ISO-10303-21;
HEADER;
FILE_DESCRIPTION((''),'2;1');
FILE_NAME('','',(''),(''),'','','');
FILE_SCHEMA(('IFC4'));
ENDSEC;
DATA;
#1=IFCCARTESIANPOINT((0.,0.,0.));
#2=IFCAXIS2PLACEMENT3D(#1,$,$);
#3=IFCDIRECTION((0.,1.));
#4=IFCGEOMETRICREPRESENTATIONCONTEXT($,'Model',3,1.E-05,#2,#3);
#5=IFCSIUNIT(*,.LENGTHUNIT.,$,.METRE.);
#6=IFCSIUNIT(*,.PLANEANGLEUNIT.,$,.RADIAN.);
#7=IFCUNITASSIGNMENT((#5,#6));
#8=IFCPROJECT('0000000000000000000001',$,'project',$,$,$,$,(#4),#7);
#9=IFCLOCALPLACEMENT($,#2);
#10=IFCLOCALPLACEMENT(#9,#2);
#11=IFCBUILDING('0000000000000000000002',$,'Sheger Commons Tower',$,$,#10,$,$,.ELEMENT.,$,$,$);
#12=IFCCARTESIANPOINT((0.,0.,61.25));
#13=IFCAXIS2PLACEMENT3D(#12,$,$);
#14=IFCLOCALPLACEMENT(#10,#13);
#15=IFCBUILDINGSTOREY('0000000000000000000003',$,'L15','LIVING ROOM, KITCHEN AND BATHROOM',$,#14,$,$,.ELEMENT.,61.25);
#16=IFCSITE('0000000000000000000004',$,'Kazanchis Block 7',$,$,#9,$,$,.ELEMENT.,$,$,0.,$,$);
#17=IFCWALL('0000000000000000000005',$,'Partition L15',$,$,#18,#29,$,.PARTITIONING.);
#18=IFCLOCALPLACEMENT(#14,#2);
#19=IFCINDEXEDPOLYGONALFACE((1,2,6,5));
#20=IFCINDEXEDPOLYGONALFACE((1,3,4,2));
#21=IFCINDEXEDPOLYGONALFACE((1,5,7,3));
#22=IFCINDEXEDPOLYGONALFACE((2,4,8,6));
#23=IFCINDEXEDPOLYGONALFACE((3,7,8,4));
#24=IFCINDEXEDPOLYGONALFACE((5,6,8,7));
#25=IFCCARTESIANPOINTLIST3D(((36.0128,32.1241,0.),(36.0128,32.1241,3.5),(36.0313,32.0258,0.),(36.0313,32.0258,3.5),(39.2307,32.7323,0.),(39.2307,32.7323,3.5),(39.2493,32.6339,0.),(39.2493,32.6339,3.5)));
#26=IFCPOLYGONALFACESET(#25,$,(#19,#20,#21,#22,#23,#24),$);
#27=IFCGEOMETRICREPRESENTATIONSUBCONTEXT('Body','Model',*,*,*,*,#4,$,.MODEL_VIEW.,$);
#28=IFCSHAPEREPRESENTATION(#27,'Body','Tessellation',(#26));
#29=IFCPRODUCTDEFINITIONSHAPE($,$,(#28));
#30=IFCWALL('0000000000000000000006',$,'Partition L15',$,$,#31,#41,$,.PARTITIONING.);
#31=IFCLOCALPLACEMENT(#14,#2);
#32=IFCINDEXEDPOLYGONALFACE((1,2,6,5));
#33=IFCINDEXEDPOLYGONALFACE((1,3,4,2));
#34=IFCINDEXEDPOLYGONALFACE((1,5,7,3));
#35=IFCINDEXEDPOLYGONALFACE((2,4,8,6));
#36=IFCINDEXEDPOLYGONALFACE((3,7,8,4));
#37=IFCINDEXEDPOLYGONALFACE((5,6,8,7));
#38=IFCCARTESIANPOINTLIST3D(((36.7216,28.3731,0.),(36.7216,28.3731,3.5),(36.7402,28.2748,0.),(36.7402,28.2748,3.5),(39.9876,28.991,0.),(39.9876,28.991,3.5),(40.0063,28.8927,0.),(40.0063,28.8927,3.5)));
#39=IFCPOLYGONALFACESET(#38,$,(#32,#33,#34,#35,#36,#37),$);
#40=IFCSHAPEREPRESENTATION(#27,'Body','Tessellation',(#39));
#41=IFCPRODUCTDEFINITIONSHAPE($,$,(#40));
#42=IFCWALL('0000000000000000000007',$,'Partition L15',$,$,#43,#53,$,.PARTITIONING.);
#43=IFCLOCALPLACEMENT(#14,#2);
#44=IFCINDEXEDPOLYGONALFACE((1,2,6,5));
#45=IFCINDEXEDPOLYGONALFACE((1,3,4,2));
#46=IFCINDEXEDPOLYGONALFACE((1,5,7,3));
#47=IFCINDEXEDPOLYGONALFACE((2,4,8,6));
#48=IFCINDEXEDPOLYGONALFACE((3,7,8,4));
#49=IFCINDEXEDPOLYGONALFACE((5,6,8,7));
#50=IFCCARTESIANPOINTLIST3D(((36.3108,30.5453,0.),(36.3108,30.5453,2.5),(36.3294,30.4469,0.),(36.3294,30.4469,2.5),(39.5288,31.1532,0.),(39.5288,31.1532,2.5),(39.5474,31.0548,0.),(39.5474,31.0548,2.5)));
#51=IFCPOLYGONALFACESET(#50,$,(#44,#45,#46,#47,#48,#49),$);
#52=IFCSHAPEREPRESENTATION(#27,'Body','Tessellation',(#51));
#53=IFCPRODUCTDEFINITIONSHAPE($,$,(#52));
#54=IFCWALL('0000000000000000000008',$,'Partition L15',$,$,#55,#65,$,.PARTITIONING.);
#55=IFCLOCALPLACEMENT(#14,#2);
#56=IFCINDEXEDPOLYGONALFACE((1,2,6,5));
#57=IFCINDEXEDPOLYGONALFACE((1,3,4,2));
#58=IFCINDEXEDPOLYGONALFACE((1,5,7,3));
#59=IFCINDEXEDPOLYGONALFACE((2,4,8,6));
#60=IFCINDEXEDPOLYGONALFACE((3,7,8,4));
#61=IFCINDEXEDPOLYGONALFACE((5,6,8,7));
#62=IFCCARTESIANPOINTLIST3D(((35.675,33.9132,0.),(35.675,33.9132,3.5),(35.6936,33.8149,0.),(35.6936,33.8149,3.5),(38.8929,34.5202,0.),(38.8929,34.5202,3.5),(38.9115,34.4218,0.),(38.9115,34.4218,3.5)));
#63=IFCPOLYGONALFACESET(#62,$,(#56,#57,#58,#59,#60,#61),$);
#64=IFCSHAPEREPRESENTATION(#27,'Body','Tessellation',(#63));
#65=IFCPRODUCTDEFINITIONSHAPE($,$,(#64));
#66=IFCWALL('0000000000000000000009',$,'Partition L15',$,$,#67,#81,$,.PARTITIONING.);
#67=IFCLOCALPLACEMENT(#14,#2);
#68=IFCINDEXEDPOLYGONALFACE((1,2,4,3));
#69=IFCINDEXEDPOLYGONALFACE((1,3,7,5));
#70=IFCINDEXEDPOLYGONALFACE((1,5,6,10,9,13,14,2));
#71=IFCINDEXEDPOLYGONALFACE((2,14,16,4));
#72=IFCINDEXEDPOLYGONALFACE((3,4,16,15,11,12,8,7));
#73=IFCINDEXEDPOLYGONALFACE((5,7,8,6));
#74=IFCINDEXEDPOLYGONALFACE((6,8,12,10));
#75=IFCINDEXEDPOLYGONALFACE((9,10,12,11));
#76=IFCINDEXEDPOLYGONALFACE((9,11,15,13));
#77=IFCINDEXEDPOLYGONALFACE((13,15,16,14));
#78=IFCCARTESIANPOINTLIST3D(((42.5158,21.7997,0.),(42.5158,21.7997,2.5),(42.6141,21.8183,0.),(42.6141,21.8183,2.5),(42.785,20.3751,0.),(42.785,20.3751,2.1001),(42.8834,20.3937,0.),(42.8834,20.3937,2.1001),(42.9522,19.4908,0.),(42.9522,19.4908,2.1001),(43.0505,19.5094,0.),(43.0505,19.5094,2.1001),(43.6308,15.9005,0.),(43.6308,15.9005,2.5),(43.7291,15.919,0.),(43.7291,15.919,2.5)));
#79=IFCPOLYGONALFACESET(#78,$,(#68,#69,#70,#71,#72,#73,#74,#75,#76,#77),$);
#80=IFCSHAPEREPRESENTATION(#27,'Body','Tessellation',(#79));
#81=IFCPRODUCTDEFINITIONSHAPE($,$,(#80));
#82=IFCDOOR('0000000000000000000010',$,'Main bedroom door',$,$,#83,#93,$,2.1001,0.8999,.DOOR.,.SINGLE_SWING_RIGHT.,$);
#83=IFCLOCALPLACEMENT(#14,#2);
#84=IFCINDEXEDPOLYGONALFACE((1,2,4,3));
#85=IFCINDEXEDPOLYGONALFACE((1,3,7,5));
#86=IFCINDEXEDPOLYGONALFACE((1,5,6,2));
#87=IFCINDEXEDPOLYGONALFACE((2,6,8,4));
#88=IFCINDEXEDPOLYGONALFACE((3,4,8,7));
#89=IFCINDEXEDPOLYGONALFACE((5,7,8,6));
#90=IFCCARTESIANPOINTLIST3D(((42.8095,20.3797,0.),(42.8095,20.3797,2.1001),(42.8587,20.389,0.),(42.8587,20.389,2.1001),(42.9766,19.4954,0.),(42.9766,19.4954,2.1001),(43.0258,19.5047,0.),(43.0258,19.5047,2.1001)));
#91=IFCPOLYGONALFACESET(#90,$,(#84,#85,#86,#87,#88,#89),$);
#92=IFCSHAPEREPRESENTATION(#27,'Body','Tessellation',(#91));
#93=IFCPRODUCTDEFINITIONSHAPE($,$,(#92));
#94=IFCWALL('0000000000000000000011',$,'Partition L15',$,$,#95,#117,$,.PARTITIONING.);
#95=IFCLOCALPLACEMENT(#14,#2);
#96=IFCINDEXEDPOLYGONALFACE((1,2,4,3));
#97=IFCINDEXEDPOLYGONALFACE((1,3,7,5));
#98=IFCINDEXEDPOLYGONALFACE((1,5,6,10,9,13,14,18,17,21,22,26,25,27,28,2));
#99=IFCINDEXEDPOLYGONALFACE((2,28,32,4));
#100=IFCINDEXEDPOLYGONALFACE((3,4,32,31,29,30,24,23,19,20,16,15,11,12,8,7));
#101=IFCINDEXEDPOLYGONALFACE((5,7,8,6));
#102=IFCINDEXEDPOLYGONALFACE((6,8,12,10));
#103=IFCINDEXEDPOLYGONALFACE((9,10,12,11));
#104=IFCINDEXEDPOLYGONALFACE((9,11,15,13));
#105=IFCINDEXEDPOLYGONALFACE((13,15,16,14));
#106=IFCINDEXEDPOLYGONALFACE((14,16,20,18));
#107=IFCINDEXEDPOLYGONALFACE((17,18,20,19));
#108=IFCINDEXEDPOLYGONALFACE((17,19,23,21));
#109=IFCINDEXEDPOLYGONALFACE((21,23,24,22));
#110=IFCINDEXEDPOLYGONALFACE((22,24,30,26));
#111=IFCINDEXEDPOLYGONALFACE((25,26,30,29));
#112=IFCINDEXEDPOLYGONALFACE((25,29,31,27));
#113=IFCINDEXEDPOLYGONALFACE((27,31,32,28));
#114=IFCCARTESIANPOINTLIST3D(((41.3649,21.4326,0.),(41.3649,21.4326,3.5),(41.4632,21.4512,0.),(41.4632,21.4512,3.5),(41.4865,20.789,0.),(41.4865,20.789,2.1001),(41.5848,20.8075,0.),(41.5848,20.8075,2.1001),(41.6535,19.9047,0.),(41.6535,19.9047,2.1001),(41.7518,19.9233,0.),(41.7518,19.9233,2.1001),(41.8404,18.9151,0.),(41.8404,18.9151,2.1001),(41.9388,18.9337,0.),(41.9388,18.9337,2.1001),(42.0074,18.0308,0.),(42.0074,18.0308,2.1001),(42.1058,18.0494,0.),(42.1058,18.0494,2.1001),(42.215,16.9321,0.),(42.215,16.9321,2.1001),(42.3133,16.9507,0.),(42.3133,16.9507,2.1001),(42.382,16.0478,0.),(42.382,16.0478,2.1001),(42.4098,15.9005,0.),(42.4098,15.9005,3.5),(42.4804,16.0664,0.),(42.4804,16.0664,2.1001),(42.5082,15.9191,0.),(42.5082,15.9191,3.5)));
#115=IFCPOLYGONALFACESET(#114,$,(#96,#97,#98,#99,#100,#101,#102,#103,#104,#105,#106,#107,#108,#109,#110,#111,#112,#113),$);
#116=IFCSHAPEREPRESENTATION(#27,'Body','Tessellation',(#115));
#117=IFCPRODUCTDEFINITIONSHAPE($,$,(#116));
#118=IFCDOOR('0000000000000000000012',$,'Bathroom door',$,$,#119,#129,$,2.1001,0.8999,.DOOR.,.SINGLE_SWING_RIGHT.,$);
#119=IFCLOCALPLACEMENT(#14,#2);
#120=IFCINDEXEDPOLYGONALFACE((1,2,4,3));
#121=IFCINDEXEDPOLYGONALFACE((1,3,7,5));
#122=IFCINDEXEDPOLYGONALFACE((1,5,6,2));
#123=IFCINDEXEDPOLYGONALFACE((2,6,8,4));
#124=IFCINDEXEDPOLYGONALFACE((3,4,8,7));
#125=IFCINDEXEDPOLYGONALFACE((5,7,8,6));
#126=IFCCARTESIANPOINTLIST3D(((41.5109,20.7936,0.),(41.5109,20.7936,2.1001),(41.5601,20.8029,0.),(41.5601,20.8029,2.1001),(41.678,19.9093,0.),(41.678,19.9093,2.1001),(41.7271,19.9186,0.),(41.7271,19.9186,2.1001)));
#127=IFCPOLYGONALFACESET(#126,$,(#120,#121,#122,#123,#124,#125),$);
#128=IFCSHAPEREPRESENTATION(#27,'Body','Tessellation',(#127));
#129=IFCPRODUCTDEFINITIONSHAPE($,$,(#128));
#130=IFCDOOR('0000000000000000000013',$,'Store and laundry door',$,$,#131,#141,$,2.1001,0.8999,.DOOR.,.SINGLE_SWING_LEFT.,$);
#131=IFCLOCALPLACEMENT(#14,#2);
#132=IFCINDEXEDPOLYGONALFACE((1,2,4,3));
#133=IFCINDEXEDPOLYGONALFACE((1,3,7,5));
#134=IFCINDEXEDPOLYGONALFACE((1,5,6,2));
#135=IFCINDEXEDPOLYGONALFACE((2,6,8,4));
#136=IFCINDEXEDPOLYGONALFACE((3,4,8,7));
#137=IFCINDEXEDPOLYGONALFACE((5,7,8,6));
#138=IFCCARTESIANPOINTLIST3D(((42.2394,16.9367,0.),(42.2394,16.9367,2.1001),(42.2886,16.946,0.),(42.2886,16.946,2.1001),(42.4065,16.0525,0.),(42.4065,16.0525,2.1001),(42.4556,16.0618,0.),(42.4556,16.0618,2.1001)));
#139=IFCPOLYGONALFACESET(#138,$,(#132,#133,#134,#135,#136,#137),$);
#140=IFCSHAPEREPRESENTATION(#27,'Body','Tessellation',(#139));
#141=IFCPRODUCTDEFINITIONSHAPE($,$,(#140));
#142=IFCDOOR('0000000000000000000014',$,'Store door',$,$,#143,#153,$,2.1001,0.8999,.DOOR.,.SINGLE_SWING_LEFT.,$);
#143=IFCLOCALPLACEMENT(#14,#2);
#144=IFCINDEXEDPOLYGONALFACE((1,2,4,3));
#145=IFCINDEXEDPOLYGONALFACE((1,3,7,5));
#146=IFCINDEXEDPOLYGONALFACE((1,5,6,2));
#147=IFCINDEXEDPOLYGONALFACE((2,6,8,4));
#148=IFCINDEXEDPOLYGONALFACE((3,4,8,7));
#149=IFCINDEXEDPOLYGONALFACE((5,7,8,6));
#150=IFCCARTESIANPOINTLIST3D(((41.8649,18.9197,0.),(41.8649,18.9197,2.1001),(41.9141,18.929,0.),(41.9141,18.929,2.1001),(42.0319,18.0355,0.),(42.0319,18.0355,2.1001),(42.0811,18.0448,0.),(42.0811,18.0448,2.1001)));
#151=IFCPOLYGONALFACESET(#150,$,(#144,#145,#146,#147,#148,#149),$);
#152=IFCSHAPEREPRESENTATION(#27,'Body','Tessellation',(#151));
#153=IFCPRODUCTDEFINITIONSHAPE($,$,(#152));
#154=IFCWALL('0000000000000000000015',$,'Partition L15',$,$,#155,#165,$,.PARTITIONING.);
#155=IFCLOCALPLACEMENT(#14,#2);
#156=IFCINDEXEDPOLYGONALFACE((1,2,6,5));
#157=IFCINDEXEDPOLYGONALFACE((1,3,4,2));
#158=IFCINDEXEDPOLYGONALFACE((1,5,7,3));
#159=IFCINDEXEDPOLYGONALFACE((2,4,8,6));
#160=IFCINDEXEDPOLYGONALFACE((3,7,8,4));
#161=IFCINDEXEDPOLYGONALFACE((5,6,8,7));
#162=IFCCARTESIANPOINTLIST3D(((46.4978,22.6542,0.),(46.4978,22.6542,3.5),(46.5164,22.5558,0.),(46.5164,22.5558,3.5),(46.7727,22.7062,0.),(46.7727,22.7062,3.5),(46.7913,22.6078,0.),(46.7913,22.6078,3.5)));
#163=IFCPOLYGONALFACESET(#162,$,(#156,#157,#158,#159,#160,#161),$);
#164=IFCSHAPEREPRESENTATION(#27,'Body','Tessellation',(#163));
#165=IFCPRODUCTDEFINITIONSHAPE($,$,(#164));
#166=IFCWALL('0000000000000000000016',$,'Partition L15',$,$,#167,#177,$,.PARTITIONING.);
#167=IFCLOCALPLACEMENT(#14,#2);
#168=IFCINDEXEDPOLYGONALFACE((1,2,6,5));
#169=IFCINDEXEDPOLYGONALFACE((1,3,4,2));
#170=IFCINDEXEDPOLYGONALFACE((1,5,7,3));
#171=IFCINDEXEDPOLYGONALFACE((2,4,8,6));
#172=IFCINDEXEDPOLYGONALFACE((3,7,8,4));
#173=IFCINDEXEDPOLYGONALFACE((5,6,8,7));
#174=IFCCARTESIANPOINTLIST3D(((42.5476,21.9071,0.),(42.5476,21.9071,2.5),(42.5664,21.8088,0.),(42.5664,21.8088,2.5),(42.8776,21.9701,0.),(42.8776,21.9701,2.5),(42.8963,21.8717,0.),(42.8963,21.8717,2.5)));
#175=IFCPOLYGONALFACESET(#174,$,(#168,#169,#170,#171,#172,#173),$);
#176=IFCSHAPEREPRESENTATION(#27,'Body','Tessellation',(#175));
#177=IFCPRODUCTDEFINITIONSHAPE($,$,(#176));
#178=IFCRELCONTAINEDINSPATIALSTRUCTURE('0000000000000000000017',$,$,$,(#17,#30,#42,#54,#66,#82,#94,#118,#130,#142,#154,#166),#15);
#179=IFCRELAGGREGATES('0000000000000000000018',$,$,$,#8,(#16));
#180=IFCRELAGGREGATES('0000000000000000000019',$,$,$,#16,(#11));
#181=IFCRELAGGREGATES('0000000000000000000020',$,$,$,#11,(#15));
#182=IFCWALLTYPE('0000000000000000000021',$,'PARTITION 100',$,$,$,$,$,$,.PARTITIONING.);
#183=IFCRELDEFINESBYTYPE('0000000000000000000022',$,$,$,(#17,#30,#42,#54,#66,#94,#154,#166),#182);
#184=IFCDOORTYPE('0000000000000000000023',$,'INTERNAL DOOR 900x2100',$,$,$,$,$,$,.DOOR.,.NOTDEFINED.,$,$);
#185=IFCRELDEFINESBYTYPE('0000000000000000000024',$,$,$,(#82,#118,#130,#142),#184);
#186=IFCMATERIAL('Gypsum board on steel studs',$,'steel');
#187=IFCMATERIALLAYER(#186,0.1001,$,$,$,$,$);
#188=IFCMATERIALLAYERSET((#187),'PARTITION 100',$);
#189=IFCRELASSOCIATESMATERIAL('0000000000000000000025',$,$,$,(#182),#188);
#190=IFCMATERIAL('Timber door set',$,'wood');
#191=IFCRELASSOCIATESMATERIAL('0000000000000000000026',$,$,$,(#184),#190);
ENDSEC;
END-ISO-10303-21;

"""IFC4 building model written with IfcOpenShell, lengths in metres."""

from ifc_helpers import new_model, si_unit, direction, frame, frame_2d, origin, place, context, subcontext, project, spatial, rectangle, extrude, material, layer, layer_set, type_object, element, fill, save


model = new_model("IFC4")

# Units and contexts
model_context = context("Model", 3, precision=1e-05, world=origin(), true_north=direction((0.0, 1.0)))
body_context = subcontext(model_context, "Body", "Model", "MODEL_VIEW")
ifc_project = project(units=[si_unit("LENGTHUNIT", "METRE"), si_unit("PLANEANGLEUNIT", "RADIAN")], contexts=[model_context])

# Site, building, storey
site_placement = place(None, origin())
site = spatial("IfcSite", under=ifc_project, at=site_placement, Name="Kazanchis Block 7", CompositionType="ELEMENT", RefElevation=0.0)
building_placement = place(site_placement, origin())
building = spatial("IfcBuilding", under=site, at=building_placement, Name="Sheger Commons Tower", CompositionType="ELEMENT")
storey_placement = place(building_placement, frame((0.0, 0.0, 61.25)))
storey = spatial("IfcBuildingStorey", under=building, at=storey_placement, Name="L15", Description="LIVING ROOM, KITCHEN AND BATHROOM", CompositionType="ELEMENT", Elevation=61.25)

# Walls
ifc_material_1 = material(Name="Gypsum board on steel studs", Category="steel")
ifc_layer_1 = layer(ifc_material_1, 0.1001)
ifc_layer_set_1 = layer_set([ifc_layer_1], Name="PARTITION 100")
wall_type_1 = type_object("IfcWallType", Name="PARTITION 100", PredefinedType="PARTITIONING", material=ifc_layer_set_1)
wall_1_placement = place(storey_placement, frame((39.24, 32.6831, 0.0), z_axis=(0.0, 0.0, 1.0), x_axis=(-0.982607, -0.185697, 0.0)))
element("IfcWall", 1, at=wall_1_placement, inside=storey, type_object=wall_type_1, Name="Partition L15", PredefinedType="PARTITIONING", context=body_context, shape_type="SweptSolid", body=[
    extrude(rectangle(XDim=3.2749, YDim=0.1001, at=frame_2d((1.6375, 0.0))), origin(), (0.0, 0.0, 1.0), 3.5),
])
wall_2_placement = place(storey_placement, frame((39.9971, 28.9419, 0.0), z_axis=(0.0, 0.0, 1.0), x_axis=(-0.98257, -0.185894, 0.0)))
element("IfcWall", 2, at=wall_2_placement, inside=storey, type_object=wall_type_1, Name="Partition L15", PredefinedType="PARTITIONING", context=body_context, shape_type="SweptSolid", body=[
    extrude(rectangle(XDim=3.324, YDim=0.1001, at=frame_2d((1.6621, 0.0))), origin(), (0.0, 0.0, 1.0), 3.5),
])
wall_3_placement = place(storey_placement, frame((39.5381, 31.104, 0.0), z_axis=(0.0, 0.0, 1.0), x_axis=(-0.982621, -0.185625, 0.0)))
element("IfcWall", 3, at=wall_3_placement, inside=storey, type_object=wall_type_1, Name="Partition L15", PredefinedType="PARTITIONING", context=body_context, shape_type="SweptSolid", body=[
    extrude(rectangle(XDim=3.2749, YDim=0.1001, at=frame_2d((1.6375, 0.0))), origin(), (0.0, 0.0, 1.0), 2.5),
])
wall_4_placement = place(storey_placement, frame((38.9021, 34.4709, 0.0), z_axis=(0.0, 0.0, 1.0), x_axis=(-0.982675, -0.185337, 0.0)))
element("IfcWall", 4, at=wall_4_placement, inside=storey, type_object=wall_type_1, Name="Partition L15", PredefinedType="PARTITIONING", context=body_context, shape_type="SweptSolid", body=[
    extrude(rectangle(XDim=3.2747, YDim=0.1001, at=frame_2d((1.6372, 0.0))), origin(), (0.0, 0.0, 1.0), 3.5),
])

# Wall, opening, door
wall_5_placement = place(storey_placement, frame((42.5649, 21.8091, 0.0), z_axis=(0.0, 0.0, 1.0), x_axis=(0.18572, -0.982603, 0.0)))
wall_5 = element("IfcWall", 5, at=wall_5_placement, inside=storey, type_object=wall_type_1, Name="Partition L15", PredefinedType="PARTITIONING", context=body_context, shape_type="SweptSolid", body=[
    extrude(rectangle(XDim=6.0037, YDim=0.1001, at=frame_2d((3.002, 0.0))), origin(), (0.0, 0.0, 1.0), 2.5),
])
opening_1_placement = place(wall_5_placement, frame((1.45, 0.0, 0.0)))
opening_1 = element("IfcOpeningElement", 6, at=opening_1_placement, cuts=wall_5, PredefinedType="OPENING", context=body_context, shape_type="SweptSolid", body=[
    extrude(rectangle(XDim=0.8999, YDim=2.1001, at=frame_2d((0.45, 1.05))), frame((0.0, 0.0601, 0.0), z_axis=(0.0, -1.0, 0.0), x_axis=(1.0, 0.0, 0.0)), (0.0, 0.0, 1.0), 0.1201),
])
ifc_material_2 = material(Name="Timber door set", Category="wood")
door_type = type_object("IfcDoorType", Name="INTERNAL DOOR 900x2100", OperationType="NOTDEFINED", PredefinedType="DOOR", material=ifc_material_2)
door_1_placement = place(opening_1_placement, origin())
door_1 = element("IfcDoor", 7, at=door_1_placement, inside=storey, type_object=door_type, Name="Main bedroom door", OperationType="SINGLE_SWING_RIGHT", OverallHeight=2.1001, OverallWidth=0.8999, PredefinedType="DOOR", context=body_context, shape_type="SweptSolid", body=[
    extrude(rectangle(XDim=0.8999, YDim=2.1001, at=frame_2d((0.45, 1.05))), frame((0.0, 0.0249, 0.0), z_axis=(0.0, -1.0, 0.0), x_axis=(1.0, 0.0, 0.0)), (0.0, 0.0, 1.0), 0.05),
])
fill(opening_1, door_1)

# Wall, openings, doors
wall_6_placement = place(storey_placement, frame((41.4141, 21.4419, 0.0), z_axis=(0.0, 0.0, 1.0), x_axis=(0.185605, -0.982624, 0.0)))
wall_6 = element("IfcWall", 8, at=wall_6_placement, inside=storey, type_object=wall_type_1, Name="Partition L15", PredefinedType="PARTITIONING", context=body_context, shape_type="SweptSolid", body=[
    extrude(rectangle(XDim=5.6299, YDim=0.1001, at=frame_2d((2.8149, 0.0))), origin(), (0.0, 0.0, 1.0), 3.5),
])
opening_2_placement = place(wall_6_placement, frame((0.655, 0.0, 0.0)))
opening_2 = element("IfcOpeningElement", 9, at=opening_2_placement, cuts=wall_6, PredefinedType="OPENING", context=body_context, shape_type="SweptSolid", body=[
    extrude(rectangle(XDim=0.8999, YDim=2.1001, at=frame_2d((0.45, 1.05))), frame((0.0, 0.0601, 0.0), z_axis=(0.0, -1.0, 0.0), x_axis=(1.0, 0.0, 0.0)), (0.0, 0.0, 1.0), 0.1201),
])
opening_3_placement = place(wall_6_placement, frame((4.5801, 0.0, 0.0)))
opening_3 = element("IfcOpeningElement", 10, at=opening_3_placement, cuts=wall_6, PredefinedType="OPENING", context=body_context, shape_type="SweptSolid", body=[
    extrude(rectangle(XDim=0.8999, YDim=2.1001, at=frame_2d((0.45, 1.05))), frame((0.0, 0.0601, 0.0), z_axis=(0.0, -1.0, 0.0), x_axis=(1.0, 0.0, 0.0)), (0.0, 0.0, 1.0), 0.1201),
])
opening_4_placement = place(wall_6_placement, frame((2.562, 0.0, 0.0)))
opening_4 = element("IfcOpeningElement", 11, at=opening_4_placement, cuts=wall_6, PredefinedType="OPENING", context=body_context, shape_type="SweptSolid", body=[
    extrude(rectangle(XDim=0.8999, YDim=2.1001, at=frame_2d((0.45, 1.05))), frame((0.0, 0.0601, 0.0), z_axis=(0.0, -1.0, 0.0), x_axis=(1.0, 0.0, 0.0)), (0.0, 0.0, 1.0), 0.1201),
])
door_2_placement = place(opening_2_placement, origin())
door_2 = element("IfcDoor", 12, at=door_2_placement, inside=storey, type_object=door_type, Name="Bathroom door", OperationType="SINGLE_SWING_RIGHT", OverallHeight=2.1001, OverallWidth=0.8999, PredefinedType="DOOR", context=body_context, shape_type="SweptSolid", body=[
    extrude(rectangle(XDim=0.8999, YDim=2.1001, at=frame_2d((0.45, 1.05))), frame((0.0, 0.0249, 0.0), z_axis=(0.0, -1.0, 0.0), x_axis=(1.0, 0.0, 0.0)), (0.0, 0.0, 1.0), 0.05),
])
fill(opening_2, door_2)
door_3_placement = place(opening_3_placement, origin())
door_3 = element("IfcDoor", 13, at=door_3_placement, inside=storey, type_object=door_type, Name="Store and laundry door", OperationType="SINGLE_SWING_LEFT", OverallHeight=2.1001, OverallWidth=0.8999, PredefinedType="DOOR", context=body_context, shape_type="SweptSolid", body=[
    extrude(rectangle(XDim=0.8999, YDim=2.1001, at=frame_2d((0.45, 1.05))), frame((0.0, 0.0249, 0.0), z_axis=(0.0, -1.0, 0.0), x_axis=(1.0, 0.0, 0.0)), (0.0, 0.0, 1.0), 0.05),
])
fill(opening_3, door_3)
door_4_placement = place(opening_4_placement, origin())
door_4 = element("IfcDoor", 14, at=door_4_placement, inside=storey, type_object=door_type, Name="Store door", OperationType="SINGLE_SWING_LEFT", OverallHeight=2.1001, OverallWidth=0.8999, PredefinedType="DOOR", context=body_context, shape_type="SweptSolid", body=[
    extrude(rectangle(XDim=0.8999, YDim=2.1001, at=frame_2d((0.45, 1.05))), frame((0.0, 0.0249, 0.0), z_axis=(0.0, -1.0, 0.0), x_axis=(1.0, 0.0, 0.0)), (0.0, 0.0, 1.0), 0.05),
])
fill(opening_4, door_4)

# Walls
wall_7_placement = place(storey_placement, frame((46.782, 22.657, 0.0), z_axis=(0.0, 0.0, 1.0), x_axis=(-0.982575, -0.185869, 0.0)))
element("IfcWall", 15, at=wall_7_placement, inside=storey, type_object=wall_type_1, Name="Partition L15", PredefinedType="PARTITIONING", context=body_context, shape_type="SweptSolid", body=[
    extrude(rectangle(XDim=0.2798, YDim=0.1001, at=frame_2d((0.1399, 0.0))), origin(), (0.0, 0.0, 1.0), 3.5),
])
wall_8_placement = place(storey_placement, frame((42.887, 21.9209, 0.0), z_axis=(0.0, 0.0, 1.0), x_axis=(-0.982275, -0.187446, 0.0)))
element("IfcWall", 16, at=wall_8_placement, inside=storey, type_object=wall_type_1, Name="Partition L15", PredefinedType="PARTITIONING", context=body_context, shape_type="SweptSolid", body=[
    extrude(rectangle(XDim=0.3359, YDim=0.1001, at=frame_2d((0.168, 0.0))), origin(), (0.0, 0.0, 1.0), 2.5),
])

save(model, "model.ifc")
